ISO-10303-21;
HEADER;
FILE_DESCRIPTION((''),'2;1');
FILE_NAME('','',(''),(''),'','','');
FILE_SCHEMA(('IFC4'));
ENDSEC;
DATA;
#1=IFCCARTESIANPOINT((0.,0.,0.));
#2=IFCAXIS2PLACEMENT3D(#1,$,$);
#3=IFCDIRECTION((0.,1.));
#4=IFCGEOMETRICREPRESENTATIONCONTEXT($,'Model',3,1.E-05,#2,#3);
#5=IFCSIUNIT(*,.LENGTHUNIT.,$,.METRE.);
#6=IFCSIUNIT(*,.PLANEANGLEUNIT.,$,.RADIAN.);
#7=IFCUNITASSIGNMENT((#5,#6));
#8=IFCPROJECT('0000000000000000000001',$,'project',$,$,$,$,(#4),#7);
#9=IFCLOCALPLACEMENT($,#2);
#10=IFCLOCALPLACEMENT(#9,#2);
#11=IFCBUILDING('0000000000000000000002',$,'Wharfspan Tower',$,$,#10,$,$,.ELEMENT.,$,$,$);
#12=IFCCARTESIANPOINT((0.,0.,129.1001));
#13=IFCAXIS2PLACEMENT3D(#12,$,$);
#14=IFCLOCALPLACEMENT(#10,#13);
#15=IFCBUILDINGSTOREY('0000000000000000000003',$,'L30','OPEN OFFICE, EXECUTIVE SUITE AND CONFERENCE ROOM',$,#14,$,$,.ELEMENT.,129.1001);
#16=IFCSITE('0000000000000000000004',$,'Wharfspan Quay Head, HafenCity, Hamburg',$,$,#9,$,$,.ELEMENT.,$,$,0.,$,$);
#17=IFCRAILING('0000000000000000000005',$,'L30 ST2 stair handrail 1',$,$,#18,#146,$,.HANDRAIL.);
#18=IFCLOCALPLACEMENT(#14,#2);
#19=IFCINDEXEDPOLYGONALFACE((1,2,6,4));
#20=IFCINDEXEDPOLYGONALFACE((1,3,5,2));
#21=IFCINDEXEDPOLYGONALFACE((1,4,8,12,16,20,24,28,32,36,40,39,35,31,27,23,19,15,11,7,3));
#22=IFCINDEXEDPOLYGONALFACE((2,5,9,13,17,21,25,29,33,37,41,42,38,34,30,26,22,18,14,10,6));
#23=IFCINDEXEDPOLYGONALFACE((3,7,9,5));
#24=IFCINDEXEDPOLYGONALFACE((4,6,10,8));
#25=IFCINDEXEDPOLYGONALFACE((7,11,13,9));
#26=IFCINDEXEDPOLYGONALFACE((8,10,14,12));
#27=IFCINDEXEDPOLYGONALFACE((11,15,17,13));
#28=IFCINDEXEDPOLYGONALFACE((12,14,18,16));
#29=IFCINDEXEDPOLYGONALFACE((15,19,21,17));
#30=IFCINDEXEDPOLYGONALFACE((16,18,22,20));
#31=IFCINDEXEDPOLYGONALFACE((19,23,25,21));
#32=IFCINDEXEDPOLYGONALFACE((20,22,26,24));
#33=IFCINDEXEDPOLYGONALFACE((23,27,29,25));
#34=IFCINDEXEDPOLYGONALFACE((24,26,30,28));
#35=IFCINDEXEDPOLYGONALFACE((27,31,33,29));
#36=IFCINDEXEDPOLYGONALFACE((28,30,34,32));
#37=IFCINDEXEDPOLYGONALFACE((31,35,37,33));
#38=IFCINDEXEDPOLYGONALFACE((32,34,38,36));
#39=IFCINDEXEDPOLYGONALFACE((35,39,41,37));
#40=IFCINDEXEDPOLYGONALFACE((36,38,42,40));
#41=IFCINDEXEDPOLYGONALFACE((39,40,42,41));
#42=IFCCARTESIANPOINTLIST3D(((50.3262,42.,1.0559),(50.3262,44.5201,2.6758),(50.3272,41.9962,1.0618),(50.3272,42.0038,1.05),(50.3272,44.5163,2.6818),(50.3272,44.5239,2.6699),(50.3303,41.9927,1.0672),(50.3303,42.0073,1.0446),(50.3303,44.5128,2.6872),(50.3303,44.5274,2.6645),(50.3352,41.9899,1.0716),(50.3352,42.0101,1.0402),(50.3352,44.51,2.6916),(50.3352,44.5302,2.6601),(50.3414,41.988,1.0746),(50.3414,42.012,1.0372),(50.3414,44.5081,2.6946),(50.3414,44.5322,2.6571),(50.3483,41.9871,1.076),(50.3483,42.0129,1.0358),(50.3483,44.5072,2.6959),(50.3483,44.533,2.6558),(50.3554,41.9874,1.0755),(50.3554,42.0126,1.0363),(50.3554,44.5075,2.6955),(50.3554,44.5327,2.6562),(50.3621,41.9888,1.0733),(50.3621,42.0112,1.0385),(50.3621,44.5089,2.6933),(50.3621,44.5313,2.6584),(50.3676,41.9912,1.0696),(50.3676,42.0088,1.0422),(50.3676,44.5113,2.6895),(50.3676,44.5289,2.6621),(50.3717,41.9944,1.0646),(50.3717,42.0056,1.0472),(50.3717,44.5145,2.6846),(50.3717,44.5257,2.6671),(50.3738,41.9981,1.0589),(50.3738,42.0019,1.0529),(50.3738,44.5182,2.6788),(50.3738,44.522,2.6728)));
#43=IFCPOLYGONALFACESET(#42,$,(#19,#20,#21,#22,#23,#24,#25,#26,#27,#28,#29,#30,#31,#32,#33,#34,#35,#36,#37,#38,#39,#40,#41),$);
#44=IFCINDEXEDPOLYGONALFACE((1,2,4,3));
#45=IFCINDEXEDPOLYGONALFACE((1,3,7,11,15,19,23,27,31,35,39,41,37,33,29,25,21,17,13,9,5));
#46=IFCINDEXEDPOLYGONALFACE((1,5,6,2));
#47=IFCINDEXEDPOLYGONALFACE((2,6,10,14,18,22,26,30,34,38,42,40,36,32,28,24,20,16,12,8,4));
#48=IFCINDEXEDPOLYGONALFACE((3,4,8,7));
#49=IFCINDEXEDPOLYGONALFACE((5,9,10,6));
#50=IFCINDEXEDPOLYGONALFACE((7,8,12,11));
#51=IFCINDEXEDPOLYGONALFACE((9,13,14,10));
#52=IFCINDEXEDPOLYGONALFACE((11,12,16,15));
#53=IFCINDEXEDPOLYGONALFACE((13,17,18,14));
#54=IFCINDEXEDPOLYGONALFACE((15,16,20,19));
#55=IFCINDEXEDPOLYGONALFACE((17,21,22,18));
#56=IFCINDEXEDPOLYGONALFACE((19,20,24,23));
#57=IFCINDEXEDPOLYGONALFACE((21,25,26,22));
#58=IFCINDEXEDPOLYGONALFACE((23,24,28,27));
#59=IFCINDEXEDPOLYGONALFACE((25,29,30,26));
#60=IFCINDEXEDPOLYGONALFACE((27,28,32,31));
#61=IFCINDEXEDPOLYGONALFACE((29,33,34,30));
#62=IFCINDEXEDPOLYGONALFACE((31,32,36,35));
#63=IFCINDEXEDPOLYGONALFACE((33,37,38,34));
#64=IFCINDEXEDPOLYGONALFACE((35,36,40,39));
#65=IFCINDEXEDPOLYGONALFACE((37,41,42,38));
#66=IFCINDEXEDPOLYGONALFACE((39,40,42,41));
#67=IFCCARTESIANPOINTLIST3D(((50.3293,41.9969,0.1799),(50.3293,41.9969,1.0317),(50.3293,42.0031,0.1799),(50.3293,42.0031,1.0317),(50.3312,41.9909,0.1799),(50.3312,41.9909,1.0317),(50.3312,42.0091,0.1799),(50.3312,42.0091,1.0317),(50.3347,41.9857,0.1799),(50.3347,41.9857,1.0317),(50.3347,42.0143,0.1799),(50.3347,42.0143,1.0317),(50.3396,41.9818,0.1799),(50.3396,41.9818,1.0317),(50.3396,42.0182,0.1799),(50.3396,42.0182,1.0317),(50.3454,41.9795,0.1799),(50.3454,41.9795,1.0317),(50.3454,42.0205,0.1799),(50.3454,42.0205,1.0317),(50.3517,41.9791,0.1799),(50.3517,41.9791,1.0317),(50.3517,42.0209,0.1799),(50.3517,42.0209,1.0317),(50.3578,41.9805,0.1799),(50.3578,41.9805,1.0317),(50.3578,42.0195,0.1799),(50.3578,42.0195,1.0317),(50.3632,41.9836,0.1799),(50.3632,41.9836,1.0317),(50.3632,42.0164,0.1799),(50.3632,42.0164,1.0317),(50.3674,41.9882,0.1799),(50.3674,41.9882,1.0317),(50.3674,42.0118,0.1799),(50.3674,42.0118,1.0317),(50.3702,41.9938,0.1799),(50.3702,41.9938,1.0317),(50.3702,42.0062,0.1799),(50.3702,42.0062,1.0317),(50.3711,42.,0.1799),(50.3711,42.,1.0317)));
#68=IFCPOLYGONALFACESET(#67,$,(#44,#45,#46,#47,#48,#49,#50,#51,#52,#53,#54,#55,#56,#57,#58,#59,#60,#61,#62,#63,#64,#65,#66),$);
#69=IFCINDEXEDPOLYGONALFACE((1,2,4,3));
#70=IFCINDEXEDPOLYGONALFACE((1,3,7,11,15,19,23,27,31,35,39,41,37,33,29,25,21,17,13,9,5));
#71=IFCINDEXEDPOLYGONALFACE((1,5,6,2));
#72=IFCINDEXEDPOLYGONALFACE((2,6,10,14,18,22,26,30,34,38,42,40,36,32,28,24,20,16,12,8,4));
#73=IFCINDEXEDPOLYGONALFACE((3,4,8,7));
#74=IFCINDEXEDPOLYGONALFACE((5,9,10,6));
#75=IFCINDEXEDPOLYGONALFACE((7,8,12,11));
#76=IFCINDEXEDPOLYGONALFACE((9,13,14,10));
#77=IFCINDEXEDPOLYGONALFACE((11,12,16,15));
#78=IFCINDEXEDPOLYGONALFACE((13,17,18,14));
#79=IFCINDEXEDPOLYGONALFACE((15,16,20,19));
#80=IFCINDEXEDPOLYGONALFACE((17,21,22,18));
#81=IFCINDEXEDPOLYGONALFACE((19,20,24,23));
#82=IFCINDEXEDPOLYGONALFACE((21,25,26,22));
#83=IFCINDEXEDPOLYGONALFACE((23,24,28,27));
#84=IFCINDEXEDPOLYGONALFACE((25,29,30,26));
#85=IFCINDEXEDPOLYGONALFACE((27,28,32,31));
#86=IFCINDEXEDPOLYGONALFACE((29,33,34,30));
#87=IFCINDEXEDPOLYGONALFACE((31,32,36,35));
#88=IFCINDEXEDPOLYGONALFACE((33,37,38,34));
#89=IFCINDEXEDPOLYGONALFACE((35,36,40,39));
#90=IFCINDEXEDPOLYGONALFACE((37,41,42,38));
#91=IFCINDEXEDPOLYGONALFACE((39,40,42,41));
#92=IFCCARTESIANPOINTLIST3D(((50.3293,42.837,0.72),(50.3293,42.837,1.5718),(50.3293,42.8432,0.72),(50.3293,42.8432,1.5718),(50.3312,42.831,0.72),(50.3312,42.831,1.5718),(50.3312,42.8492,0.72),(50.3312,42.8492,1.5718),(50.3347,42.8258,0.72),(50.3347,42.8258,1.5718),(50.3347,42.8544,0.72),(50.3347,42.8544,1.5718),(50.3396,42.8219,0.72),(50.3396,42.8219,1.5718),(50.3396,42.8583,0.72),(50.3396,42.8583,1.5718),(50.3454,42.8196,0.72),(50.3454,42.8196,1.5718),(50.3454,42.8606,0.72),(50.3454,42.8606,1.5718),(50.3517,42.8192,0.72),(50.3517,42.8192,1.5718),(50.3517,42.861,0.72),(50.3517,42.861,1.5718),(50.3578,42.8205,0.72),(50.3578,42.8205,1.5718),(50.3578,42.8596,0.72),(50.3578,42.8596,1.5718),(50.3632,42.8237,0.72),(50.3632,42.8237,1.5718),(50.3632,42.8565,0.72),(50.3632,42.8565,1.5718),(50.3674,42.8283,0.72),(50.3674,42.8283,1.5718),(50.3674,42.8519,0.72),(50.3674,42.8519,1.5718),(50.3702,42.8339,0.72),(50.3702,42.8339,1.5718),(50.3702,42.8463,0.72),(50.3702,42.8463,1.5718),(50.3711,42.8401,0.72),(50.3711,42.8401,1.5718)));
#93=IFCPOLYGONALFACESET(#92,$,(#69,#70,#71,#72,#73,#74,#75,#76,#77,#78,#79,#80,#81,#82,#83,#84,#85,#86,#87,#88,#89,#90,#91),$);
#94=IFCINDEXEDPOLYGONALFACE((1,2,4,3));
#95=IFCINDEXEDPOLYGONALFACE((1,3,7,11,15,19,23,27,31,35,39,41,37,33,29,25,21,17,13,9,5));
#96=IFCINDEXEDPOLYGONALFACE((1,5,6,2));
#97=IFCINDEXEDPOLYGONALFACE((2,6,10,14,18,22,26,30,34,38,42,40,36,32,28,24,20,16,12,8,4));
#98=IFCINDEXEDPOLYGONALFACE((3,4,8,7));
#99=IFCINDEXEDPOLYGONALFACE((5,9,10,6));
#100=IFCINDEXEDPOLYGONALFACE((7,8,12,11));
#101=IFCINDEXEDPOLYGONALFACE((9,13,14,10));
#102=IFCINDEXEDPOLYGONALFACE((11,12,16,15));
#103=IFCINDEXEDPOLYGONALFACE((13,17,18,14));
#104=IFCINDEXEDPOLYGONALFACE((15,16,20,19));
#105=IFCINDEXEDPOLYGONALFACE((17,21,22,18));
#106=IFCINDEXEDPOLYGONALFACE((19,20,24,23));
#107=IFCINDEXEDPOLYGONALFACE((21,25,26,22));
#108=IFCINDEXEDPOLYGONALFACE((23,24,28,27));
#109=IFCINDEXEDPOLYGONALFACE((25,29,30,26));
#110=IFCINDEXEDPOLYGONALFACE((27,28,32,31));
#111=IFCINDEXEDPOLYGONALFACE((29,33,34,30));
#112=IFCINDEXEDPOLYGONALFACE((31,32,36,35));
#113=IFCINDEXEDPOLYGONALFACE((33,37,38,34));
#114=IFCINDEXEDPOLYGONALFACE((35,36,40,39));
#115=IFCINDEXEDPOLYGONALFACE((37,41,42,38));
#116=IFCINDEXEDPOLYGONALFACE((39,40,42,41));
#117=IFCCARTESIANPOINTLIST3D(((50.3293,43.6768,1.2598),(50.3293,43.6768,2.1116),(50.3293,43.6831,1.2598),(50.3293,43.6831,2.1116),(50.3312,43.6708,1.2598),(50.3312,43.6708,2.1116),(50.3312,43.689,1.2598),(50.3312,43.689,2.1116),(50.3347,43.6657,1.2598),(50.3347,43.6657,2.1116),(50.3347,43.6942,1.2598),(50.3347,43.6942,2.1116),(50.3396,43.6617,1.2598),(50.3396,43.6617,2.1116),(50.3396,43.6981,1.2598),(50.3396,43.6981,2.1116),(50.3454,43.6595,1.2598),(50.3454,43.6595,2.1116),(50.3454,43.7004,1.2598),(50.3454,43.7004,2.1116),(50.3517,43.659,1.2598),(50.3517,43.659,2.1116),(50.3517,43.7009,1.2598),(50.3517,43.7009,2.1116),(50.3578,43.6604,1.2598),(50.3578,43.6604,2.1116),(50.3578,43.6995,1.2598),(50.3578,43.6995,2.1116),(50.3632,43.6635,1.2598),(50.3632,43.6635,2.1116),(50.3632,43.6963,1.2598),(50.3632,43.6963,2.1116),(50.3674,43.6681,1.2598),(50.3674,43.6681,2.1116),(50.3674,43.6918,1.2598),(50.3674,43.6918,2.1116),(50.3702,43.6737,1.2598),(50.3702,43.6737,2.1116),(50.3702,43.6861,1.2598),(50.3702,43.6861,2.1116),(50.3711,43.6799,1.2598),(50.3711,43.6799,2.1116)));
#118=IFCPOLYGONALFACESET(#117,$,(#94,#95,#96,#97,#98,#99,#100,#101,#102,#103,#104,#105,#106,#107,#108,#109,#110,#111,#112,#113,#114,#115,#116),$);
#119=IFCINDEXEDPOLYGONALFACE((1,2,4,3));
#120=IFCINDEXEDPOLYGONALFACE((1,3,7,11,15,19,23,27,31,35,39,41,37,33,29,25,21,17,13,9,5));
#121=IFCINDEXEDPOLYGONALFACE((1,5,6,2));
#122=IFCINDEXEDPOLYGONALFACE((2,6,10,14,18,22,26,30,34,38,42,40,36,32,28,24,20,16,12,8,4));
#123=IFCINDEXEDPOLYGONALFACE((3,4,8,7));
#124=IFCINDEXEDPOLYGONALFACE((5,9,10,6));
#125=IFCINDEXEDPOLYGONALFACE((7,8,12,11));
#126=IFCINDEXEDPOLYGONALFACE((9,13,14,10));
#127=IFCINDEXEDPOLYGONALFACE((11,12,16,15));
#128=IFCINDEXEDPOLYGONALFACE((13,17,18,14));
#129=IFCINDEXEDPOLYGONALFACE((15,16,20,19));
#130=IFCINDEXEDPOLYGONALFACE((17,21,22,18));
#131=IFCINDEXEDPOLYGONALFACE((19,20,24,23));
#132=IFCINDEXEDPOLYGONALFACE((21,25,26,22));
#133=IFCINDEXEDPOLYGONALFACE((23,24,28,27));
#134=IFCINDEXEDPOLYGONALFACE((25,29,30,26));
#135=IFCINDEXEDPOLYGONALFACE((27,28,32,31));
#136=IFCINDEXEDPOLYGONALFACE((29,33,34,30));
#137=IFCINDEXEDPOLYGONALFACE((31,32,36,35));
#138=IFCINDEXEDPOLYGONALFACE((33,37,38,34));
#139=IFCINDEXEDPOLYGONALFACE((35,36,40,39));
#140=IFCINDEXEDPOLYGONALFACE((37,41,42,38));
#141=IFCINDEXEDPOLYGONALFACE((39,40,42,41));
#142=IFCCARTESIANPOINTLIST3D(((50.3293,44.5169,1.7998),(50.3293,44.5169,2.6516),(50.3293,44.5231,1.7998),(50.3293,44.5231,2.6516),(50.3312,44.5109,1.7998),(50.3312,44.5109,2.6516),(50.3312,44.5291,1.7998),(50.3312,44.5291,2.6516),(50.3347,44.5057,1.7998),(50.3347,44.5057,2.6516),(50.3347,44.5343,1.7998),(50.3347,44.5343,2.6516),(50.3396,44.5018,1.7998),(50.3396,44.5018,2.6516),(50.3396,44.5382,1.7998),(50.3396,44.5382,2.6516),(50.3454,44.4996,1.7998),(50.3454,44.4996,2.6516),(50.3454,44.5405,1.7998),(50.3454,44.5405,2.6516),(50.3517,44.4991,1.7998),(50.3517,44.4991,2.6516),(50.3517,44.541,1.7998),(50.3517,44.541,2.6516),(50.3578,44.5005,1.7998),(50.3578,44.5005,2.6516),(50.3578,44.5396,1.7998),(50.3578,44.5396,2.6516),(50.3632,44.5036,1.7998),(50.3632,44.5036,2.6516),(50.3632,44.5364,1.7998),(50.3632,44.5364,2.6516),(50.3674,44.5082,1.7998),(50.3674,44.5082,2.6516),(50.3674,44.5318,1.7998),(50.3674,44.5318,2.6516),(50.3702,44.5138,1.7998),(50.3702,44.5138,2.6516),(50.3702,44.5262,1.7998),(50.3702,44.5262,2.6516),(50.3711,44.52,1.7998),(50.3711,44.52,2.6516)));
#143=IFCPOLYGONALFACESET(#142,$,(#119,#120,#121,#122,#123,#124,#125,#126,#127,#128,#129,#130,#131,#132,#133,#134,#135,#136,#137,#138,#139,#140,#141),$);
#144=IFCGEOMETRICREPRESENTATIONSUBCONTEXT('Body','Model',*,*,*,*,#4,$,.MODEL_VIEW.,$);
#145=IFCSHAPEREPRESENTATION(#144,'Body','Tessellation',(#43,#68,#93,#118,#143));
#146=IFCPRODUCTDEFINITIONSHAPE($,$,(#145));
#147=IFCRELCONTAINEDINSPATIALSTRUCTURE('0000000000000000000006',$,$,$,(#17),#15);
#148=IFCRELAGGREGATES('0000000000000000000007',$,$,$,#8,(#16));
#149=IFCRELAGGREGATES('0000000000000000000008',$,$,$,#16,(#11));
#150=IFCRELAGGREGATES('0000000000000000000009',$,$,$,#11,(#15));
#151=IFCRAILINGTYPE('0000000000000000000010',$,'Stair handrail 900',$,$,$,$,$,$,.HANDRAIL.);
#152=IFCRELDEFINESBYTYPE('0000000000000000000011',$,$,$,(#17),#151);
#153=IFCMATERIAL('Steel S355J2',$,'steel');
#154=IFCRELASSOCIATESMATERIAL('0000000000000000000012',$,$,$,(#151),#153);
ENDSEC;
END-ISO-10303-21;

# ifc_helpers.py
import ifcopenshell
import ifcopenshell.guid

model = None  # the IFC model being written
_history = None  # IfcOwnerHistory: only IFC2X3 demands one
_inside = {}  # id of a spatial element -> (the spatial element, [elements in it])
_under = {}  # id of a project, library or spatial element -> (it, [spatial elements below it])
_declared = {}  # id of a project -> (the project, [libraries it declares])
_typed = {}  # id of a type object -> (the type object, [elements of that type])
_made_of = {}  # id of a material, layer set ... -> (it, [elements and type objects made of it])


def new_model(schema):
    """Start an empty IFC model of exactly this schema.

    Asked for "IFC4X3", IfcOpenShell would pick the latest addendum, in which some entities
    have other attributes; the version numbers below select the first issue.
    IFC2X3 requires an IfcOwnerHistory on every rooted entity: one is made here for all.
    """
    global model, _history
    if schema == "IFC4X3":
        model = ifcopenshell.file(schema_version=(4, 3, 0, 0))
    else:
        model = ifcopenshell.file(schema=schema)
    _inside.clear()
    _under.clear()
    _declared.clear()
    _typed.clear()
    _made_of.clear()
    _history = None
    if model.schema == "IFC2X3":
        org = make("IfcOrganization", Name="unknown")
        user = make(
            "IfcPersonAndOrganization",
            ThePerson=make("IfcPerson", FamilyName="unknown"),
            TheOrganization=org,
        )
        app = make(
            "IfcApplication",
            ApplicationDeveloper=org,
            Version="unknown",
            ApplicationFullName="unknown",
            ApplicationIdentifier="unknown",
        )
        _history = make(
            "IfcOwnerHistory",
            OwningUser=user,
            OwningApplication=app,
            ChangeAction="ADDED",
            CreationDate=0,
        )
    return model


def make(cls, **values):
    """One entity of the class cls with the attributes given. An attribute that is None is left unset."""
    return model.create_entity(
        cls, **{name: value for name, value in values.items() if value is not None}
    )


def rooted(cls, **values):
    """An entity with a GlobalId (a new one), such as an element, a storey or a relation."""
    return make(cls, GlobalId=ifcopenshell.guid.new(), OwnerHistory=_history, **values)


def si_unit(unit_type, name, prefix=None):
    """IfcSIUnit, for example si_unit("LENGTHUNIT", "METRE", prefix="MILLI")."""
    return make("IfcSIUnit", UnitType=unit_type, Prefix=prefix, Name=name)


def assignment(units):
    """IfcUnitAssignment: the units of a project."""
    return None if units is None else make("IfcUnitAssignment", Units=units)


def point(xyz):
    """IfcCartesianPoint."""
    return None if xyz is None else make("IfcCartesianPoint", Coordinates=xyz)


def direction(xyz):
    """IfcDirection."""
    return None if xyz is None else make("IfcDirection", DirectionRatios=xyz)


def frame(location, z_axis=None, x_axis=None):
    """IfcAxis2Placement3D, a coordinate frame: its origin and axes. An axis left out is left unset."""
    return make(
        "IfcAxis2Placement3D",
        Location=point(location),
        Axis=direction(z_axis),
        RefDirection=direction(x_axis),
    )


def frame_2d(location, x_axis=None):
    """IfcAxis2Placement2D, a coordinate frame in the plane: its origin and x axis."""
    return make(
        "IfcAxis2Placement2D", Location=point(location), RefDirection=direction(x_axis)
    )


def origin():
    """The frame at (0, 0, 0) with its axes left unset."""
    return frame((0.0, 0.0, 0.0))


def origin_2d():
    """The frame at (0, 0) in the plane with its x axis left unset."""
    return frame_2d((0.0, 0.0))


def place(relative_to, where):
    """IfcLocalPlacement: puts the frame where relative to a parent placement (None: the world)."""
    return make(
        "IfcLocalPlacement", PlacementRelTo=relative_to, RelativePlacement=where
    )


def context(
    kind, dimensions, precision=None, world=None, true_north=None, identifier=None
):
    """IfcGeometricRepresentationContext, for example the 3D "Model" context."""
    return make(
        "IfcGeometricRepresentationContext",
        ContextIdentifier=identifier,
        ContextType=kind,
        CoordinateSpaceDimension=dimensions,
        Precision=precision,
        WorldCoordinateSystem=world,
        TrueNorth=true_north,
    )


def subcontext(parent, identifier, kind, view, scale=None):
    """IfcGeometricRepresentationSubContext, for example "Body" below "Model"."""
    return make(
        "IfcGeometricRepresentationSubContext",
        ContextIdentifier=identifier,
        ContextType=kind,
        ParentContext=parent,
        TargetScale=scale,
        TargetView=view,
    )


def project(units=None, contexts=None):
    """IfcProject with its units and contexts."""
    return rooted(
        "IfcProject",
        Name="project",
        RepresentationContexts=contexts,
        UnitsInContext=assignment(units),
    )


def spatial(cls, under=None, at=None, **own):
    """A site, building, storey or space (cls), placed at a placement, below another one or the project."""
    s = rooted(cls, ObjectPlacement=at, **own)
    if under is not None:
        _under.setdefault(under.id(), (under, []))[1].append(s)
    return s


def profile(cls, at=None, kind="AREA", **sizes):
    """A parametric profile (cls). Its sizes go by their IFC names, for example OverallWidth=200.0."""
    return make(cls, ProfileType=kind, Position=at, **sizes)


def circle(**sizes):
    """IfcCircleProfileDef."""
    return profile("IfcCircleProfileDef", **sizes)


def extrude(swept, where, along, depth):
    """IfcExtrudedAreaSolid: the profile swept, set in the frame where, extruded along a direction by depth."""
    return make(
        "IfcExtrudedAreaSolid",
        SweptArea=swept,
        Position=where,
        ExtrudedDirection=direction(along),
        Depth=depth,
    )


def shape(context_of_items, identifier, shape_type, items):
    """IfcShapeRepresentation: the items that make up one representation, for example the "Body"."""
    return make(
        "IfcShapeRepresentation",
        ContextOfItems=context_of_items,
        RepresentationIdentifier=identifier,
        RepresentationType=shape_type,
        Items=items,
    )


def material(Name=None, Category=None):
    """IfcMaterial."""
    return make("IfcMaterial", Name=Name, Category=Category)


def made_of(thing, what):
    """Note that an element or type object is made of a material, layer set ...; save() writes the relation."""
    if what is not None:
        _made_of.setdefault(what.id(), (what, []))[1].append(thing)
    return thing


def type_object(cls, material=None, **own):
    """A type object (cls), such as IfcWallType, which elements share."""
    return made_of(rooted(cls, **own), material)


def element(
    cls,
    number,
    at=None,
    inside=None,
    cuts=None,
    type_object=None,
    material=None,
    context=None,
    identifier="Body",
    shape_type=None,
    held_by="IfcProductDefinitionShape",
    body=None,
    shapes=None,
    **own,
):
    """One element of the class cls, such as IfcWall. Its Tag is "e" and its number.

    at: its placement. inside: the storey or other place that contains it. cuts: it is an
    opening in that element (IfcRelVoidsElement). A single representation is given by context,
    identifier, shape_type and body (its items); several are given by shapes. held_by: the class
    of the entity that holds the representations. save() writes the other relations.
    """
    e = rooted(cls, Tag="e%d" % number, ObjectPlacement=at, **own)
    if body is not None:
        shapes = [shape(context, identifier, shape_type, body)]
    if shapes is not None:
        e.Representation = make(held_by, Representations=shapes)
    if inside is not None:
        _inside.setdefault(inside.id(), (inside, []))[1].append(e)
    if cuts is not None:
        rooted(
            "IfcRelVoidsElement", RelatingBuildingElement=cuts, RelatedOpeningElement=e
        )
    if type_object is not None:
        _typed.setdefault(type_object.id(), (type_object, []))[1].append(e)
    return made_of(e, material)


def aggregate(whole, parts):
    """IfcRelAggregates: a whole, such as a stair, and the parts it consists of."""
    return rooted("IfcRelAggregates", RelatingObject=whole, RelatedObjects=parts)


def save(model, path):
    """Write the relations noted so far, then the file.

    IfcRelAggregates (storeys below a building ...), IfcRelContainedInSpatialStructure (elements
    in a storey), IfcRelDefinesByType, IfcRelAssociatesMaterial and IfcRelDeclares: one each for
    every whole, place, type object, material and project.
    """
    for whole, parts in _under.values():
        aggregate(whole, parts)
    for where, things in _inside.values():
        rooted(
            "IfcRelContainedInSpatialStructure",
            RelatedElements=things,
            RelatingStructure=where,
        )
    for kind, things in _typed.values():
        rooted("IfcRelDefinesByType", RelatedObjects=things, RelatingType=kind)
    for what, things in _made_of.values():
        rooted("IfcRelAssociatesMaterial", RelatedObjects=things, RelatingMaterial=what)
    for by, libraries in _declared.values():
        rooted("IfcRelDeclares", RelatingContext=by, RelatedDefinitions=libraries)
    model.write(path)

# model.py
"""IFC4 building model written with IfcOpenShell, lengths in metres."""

from ifc_helpers import new_model, si_unit, direction, frame, origin, origin_2d, place, context, subcontext, project, spatial, circle, extrude, material, type_object, element, save


model = new_model("IFC4")

# Units and contexts
model_context = context("Model", 3, precision=1e-05, world=origin(), true_north=direction((0.0, 1.0)))
body_context = subcontext(model_context, "Body", "Model", "MODEL_VIEW")
ifc_project = project(units=[si_unit("LENGTHUNIT", "METRE"), si_unit("PLANEANGLEUNIT", "RADIAN")], contexts=[model_context])

# Site, building, storey
site_placement = place(None, origin())
site = spatial("IfcSite", under=ifc_project, at=site_placement, Name="Wharfspan Quay Head, HafenCity, Hamburg", CompositionType="ELEMENT", RefElevation=0.0)
building_placement = place(site_placement, origin())
building = spatial("IfcBuilding", under=site, at=building_placement, Name="Wharfspan Tower", CompositionType="ELEMENT")
storey_placement = place(building_placement, frame((0.0, 0.0, 129.1001)))
storey = spatial("IfcBuildingStorey", under=building, at=storey_placement, Name="L30", Description="OPEN OFFICE, EXECUTIVE SUITE AND CONFERENCE ROOM", CompositionType="ELEMENT", Elevation=129.1001)

# Shared definitions
ifc_material_1 = material(Name="Steel S355J2", Category="steel")

# Railing
railing_type_1 = type_object("IfcRailingType", Name="Stair handrail 900", PredefinedType="HANDRAIL", material=ifc_material_1)
railing_1_placement = place(storey_placement, frame((50.3501, 42.0, 0.1799)))
element("IfcRailing", 1, at=railing_1_placement, inside=storey, type_object=railing_type_1, Name="L30 ST2 stair handrail 1", PredefinedType="HANDRAIL", context=body_context, shape_type="SweptSolid", body=[
    extrude(circle(Radius=0.0239, at=origin_2d()), frame((0.0, 0.0, 0.876), z_axis=(0.0, 0.8412, 0.540725), x_axis=(-1.0, 0.0, 0.0)), (0.0, 0.0, 1.0), 2.9958),
    extrude(circle(Radius=0.021, at=origin_2d()), origin(), (0.0, 0.0, 1.0), 0.8518),
    extrude(circle(Radius=0.021, at=origin_2d()), frame((0.0, 0.8401, 0.54)), (0.0, 0.0, 1.0), 0.8518),
    extrude(circle(Radius=0.021, at=origin_2d()), frame((0.0, 1.6799, 1.0798)), (0.0, 0.0, 1.0), 0.8518),
    extrude(circle(Radius=0.021, at=origin_2d()), frame((0.0, 2.52, 1.6199)), (0.0, 0.0, 1.0), 0.8518),
])

save(model, "model.ifc")
